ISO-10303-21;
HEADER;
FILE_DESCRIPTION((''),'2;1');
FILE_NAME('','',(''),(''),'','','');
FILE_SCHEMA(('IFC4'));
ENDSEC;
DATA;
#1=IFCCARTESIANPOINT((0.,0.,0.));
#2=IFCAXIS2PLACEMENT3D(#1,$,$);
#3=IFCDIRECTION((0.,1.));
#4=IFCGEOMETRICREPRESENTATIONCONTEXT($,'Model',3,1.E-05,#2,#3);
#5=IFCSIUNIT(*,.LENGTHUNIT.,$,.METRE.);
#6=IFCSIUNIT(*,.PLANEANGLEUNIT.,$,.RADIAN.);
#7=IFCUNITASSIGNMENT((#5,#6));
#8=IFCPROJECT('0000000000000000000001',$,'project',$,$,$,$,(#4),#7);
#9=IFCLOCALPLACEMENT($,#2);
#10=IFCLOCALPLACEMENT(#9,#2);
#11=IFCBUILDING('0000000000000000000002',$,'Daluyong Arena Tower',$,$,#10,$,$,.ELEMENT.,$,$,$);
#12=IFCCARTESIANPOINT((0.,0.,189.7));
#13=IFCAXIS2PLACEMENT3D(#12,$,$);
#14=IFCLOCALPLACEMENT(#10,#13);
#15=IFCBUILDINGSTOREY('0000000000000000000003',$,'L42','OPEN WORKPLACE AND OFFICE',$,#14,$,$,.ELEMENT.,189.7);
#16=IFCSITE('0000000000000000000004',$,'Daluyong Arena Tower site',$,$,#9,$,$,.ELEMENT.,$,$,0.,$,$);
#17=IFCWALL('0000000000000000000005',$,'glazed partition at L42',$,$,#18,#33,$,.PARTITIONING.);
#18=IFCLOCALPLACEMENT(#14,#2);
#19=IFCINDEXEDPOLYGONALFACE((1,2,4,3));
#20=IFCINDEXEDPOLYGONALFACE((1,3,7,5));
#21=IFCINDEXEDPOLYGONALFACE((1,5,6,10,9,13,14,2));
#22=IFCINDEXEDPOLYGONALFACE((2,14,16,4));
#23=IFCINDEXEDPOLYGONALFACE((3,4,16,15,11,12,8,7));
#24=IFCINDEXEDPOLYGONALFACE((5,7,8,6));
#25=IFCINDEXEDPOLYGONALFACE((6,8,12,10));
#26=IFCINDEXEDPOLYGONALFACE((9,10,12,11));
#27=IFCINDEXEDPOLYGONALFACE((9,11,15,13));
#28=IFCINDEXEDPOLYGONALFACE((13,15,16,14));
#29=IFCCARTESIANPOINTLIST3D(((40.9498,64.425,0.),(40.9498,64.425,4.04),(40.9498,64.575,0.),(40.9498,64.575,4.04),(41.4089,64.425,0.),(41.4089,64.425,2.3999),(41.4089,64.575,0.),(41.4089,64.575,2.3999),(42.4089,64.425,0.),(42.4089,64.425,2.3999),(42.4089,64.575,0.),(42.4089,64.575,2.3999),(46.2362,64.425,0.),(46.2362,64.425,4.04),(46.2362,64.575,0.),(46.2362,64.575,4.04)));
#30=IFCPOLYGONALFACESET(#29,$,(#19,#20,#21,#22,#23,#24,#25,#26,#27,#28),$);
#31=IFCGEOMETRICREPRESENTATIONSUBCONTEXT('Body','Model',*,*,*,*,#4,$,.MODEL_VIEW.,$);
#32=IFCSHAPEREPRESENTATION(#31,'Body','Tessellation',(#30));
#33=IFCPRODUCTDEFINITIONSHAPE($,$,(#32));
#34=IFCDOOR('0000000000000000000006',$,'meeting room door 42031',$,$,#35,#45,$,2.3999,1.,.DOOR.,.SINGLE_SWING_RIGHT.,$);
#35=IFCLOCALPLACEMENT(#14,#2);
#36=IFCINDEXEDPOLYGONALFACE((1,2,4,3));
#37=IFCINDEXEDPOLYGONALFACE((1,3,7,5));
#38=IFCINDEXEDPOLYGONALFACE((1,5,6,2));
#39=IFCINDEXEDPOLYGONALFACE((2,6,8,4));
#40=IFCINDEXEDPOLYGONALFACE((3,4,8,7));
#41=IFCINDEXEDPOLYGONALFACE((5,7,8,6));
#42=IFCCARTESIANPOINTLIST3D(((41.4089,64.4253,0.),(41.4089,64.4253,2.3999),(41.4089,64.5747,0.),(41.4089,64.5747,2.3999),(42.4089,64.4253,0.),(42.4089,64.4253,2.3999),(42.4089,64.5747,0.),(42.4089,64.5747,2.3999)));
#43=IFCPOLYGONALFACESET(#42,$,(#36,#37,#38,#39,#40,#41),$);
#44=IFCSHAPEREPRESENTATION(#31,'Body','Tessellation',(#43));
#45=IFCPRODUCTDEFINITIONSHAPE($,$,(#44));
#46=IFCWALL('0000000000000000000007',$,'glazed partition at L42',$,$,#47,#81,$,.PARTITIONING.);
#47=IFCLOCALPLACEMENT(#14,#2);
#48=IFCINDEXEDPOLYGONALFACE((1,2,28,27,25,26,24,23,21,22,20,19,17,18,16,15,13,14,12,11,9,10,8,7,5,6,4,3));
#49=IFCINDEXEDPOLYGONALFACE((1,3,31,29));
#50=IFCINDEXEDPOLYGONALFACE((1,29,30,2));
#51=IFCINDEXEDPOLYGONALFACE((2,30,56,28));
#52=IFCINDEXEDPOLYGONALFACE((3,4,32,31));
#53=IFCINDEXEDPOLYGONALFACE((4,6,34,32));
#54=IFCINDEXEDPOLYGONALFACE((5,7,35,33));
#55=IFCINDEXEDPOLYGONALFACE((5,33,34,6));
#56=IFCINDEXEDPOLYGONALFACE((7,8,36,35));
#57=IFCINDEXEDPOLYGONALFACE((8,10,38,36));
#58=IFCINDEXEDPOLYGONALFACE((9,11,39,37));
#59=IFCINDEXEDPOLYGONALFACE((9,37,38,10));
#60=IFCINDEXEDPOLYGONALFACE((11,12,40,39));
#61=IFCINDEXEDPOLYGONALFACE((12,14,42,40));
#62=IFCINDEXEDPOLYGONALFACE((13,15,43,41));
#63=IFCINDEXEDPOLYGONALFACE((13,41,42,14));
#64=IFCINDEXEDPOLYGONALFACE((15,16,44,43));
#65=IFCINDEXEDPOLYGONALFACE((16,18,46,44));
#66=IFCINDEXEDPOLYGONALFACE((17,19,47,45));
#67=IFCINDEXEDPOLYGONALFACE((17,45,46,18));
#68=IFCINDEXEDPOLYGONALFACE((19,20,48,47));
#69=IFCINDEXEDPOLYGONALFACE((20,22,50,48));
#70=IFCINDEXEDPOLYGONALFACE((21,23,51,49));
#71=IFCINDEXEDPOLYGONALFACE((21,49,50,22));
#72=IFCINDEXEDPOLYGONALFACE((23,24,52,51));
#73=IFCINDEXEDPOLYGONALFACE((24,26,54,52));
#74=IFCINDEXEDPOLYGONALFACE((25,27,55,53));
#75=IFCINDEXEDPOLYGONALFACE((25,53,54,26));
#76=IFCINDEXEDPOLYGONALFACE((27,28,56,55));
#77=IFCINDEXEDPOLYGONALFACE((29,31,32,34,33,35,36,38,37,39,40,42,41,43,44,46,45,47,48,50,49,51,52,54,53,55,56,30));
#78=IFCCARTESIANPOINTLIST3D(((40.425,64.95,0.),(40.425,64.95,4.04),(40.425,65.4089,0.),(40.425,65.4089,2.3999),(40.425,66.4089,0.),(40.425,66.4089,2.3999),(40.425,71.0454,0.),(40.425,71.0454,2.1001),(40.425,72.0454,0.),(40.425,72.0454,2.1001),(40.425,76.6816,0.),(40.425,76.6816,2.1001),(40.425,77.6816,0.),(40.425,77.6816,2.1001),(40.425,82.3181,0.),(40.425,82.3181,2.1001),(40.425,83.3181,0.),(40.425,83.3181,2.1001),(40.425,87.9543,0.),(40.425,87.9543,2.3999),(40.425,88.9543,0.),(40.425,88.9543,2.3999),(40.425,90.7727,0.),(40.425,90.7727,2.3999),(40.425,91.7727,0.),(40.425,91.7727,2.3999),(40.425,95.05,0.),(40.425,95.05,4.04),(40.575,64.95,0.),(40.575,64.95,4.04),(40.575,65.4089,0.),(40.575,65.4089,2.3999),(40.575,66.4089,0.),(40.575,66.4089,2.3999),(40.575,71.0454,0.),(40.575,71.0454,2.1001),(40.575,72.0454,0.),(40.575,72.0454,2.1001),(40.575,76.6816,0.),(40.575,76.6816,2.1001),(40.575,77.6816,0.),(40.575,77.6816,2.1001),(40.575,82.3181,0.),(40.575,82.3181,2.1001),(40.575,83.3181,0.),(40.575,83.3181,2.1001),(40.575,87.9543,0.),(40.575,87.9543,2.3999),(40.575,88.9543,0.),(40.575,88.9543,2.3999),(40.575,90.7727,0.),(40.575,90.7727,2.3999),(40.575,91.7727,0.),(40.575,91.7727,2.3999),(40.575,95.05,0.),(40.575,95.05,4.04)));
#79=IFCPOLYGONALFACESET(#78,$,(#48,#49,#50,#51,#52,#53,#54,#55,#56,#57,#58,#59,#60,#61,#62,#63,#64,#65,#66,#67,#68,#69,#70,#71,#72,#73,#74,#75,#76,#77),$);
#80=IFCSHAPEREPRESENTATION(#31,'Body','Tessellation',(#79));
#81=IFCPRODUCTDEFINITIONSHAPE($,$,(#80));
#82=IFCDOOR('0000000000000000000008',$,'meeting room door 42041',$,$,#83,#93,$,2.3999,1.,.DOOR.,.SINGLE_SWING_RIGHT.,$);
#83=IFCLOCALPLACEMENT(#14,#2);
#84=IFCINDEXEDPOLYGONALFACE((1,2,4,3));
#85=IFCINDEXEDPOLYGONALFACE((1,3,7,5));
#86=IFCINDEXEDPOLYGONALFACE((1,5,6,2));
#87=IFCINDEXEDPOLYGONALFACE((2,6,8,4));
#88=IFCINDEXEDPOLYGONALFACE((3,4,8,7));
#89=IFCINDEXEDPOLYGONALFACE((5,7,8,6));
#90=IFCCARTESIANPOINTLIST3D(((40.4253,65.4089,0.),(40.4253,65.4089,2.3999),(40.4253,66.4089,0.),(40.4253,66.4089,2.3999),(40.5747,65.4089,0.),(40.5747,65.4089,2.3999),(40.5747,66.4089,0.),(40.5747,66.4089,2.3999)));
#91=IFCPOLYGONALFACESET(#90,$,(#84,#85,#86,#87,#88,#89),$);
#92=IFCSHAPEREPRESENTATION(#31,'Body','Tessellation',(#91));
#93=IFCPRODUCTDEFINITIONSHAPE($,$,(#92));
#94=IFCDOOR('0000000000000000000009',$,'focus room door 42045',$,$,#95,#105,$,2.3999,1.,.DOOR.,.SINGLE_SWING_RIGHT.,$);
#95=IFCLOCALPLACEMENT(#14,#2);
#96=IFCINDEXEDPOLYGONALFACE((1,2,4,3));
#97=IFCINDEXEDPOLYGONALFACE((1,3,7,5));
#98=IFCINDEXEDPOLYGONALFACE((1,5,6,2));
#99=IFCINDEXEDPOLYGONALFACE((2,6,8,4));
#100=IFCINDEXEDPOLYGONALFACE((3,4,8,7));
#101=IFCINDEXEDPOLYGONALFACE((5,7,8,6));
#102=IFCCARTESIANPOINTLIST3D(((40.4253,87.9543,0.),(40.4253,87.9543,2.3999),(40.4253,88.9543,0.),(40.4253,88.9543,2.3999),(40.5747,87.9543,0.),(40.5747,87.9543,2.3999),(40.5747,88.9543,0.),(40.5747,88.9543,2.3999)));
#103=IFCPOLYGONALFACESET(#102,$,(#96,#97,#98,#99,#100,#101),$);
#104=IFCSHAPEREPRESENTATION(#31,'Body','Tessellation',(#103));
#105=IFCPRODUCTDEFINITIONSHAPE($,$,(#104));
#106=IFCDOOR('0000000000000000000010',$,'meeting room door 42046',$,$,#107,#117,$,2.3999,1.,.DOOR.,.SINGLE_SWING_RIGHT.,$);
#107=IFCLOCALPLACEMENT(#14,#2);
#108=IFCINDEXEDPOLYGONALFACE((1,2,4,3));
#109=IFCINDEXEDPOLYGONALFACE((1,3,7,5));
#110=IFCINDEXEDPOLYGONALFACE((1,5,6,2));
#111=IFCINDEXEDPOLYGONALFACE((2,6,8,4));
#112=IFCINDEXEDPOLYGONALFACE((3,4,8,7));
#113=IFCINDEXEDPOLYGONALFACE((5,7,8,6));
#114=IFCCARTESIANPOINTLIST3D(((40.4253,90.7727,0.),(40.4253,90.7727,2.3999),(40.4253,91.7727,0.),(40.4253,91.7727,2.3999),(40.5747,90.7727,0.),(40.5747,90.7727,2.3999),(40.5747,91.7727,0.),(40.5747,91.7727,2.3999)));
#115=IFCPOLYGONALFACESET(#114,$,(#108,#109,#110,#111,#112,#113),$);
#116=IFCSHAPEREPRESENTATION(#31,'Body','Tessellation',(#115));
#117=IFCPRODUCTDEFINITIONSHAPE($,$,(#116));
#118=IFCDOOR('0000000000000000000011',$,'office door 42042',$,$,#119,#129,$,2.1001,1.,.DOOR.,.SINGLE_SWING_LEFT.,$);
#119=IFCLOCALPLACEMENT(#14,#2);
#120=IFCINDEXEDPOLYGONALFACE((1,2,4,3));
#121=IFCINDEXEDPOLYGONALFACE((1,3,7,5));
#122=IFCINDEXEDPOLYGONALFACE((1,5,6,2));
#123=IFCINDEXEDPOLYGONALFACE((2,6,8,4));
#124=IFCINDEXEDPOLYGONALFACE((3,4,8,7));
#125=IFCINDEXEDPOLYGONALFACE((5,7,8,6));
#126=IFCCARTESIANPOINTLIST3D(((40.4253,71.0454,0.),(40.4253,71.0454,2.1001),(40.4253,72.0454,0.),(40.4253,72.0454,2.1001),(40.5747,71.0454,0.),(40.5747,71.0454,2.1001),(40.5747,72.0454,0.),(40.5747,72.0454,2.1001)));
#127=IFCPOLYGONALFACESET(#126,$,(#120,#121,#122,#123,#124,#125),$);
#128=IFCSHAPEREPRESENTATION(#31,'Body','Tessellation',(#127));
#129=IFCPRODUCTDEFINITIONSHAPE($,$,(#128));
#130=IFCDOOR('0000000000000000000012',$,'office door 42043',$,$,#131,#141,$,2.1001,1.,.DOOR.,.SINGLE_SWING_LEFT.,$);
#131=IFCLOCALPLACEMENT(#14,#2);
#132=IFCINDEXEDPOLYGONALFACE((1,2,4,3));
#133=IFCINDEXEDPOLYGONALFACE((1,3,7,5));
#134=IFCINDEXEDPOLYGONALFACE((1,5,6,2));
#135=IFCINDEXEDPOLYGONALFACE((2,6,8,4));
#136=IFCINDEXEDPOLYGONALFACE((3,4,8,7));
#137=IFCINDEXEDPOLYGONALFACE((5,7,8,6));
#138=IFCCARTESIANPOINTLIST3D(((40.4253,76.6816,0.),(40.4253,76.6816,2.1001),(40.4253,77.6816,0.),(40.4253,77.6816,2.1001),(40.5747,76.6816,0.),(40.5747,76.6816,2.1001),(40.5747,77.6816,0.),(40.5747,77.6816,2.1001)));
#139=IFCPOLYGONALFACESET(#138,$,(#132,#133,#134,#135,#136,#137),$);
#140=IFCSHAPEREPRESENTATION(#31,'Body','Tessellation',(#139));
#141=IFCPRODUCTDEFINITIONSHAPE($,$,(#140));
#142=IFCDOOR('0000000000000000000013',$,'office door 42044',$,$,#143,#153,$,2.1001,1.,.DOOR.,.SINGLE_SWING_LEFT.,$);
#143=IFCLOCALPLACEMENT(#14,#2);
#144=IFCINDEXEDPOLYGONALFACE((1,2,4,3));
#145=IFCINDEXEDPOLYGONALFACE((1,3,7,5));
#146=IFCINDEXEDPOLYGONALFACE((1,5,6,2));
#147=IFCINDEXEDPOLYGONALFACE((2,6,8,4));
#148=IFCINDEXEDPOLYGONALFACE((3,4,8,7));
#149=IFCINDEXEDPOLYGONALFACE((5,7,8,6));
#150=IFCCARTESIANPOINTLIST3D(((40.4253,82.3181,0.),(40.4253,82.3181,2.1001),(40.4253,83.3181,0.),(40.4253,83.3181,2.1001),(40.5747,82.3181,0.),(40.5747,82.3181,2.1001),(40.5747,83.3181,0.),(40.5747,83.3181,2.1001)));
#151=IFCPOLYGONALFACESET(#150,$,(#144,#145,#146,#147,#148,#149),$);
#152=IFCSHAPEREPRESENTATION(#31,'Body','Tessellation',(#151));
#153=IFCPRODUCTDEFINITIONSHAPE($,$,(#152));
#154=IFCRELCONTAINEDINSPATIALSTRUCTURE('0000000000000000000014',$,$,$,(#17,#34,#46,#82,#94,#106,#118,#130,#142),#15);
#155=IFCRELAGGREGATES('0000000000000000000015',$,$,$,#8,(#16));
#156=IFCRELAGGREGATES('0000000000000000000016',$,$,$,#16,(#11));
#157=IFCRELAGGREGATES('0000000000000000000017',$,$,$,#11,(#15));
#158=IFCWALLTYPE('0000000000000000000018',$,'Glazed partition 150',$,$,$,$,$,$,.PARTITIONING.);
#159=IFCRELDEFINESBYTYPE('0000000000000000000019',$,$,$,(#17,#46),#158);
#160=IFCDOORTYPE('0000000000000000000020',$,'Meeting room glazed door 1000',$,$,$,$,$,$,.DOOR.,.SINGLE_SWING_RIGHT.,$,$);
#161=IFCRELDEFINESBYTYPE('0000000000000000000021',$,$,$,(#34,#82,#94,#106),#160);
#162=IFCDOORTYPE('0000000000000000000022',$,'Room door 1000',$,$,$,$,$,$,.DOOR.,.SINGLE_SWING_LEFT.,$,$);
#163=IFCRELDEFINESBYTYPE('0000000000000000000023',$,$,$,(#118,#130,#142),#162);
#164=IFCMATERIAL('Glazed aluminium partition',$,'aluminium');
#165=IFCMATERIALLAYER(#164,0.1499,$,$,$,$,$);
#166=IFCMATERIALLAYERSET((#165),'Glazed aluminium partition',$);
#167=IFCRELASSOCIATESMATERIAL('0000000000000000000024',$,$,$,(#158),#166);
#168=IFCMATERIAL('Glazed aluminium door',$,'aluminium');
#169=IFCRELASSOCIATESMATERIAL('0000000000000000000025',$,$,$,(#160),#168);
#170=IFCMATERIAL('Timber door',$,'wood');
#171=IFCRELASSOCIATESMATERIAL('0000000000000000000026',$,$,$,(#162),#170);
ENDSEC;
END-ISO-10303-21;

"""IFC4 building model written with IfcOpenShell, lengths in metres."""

from ifc_helpers import new_model, si_unit, direction, frame, frame_2d, origin, place, context, subcontext, project, spatial, rectangle, extrude, material, layer, layer_set, type_object, element, fill, save


model = new_model("IFC4")

# Units and contexts
model_context = context("Model", 3, precision=1e-05, world=origin(), true_north=direction((0.0, 1.0)))
body_context = subcontext(model_context, "Body", "Model", "MODEL_VIEW")
ifc_project = project(units=[si_unit("LENGTHUNIT", "METRE"), si_unit("PLANEANGLEUNIT", "RADIAN")], contexts=[model_context])

# Site, building, storey
site_placement = place(None, origin())
site = spatial("IfcSite", under=ifc_project, at=site_placement, Name="Daluyong Arena Tower site", CompositionType="ELEMENT", RefElevation=0.0)
building_placement = place(site_placement, origin())
building = spatial("IfcBuilding", under=site, at=building_placement, Name="Daluyong Arena Tower", CompositionType="ELEMENT")
storey_placement = place(building_placement, frame((0.0, 0.0, 189.7)))
storey = spatial("IfcBuildingStorey", under=building, at=storey_placement, Name="L42", Description="OPEN WORKPLACE AND OFFICE", CompositionType="ELEMENT", Elevation=189.7)

# Wall, opening, door
ifc_material_1 = material(Name="Glazed aluminium partition", Category="aluminium")
ifc_layer_1 = layer(ifc_material_1, 0.1499)
ifc_layer_set_1 = layer_set([ifc_layer_1], Name="Glazed aluminium partition")
wall_type_1 = type_object("IfcWallType", Name="Glazed partition 150", PredefinedType="PARTITIONING", material=ifc_layer_set_1)
wall_1_placement = place(storey_placement, frame((40.95, 64.5, 0.0), z_axis=(0.0, 0.0, 1.0), x_axis=(1.0, 0.0, 0.0)))
wall_1 = element("IfcWall", 1, at=wall_1_placement, inside=storey, type_object=wall_type_1, Name="glazed partition at L42", PredefinedType="PARTITIONING", context=body_context, shape_type="SweptSolid", body=[
    extrude(rectangle(XDim=5.2864, YDim=0.1499, at=frame_2d((2.6431, 0.0))), origin(), (0.0, 0.0, 1.0), 4.04),
])
opening_1_placement = place(wall_1_placement, frame((0.459, 0.0, 0.0)))
opening_1 = element("IfcOpeningElement", 2, at=opening_1_placement, cuts=wall_1, PredefinedType="OPENING", context=body_context, shape_type="SweptSolid", body=[
    extrude(rectangle(XDim=1.0, YDim=2.3999, at=frame_2d((0.5, 1.2))), frame((0.0, 0.085, 0.0), z_axis=(0.0, -1.0, 0.0), x_axis=(1.0, 0.0, 0.0)), (0.0, 0.0, 1.0), 0.1699),
])
ifc_material_2 = material(Name="Glazed aluminium door", Category="aluminium")
door_type_1 = type_object("IfcDoorType", Name="Meeting room glazed door 1000", OperationType="SINGLE_SWING_RIGHT", PredefinedType="DOOR", material=ifc_material_2)
door_1_placement = place(opening_1_placement, origin())
door_1 = element("IfcDoor", 3, at=door_1_placement, inside=storey, type_object=door_type_1, Name="meeting room door 42031", OperationType="SINGLE_SWING_RIGHT", OverallHeight=2.3999, OverallWidth=1.0, PredefinedType="DOOR", context=body_context, shape_type="SweptSolid", body=[
    extrude(rectangle(XDim=1.0, YDim=2.3999, at=frame_2d((0.5, 1.2))), frame((0.0, 0.0747, 0.0), z_axis=(0.0, -1.0, 0.0), x_axis=(1.0, 0.0, 0.0)), (0.0, 0.0, 1.0), 0.1494),
])
fill(opening_1, door_1)

# Wall, openings, doors
wall_2_placement = place(storey_placement, frame((40.5, 64.95, 0.0), z_axis=(0.0, 0.0, 1.0), x_axis=(0.0, 1.0, 0.0)))
wall_2 = element("IfcWall", 4, at=wall_2_placement, inside=storey, type_object=wall_type_1, Name="glazed partition at L42", PredefinedType="PARTITIONING", context=body_context, shape_type="SweptSolid", body=[
    extrude(rectangle(XDim=30.1001, YDim=0.1499, at=frame_2d((15.05, 0.0))), origin(), (0.0, 0.0, 1.0), 4.04),
])
opening_2_placement = place(wall_2_placement, frame((0.459, 0.0, 0.0)))
opening_2 = element("IfcOpeningElement", 5, at=opening_2_placement, cuts=wall_2, PredefinedType="OPENING", context=body_context, shape_type="SweptSolid", body=[
    extrude(rectangle(XDim=1.0, YDim=2.3999, at=frame_2d((0.5, 1.2))), frame((0.0, 0.085, 0.0), z_axis=(0.0, -1.0, 0.0), x_axis=(1.0, 0.0, 0.0)), (0.0, 0.0, 1.0), 0.1699),
])
opening_3_placement = place(wall_2_placement, frame((6.0955, 0.0, 0.0)))
opening_3 = element("IfcOpeningElement", 6, at=opening_3_placement, cuts=wall_2, PredefinedType="OPENING", context=body_context, shape_type="SweptSolid", body=[
    extrude(rectangle(XDim=1.0, YDim=2.1001, at=frame_2d((0.5, 1.05))), frame((0.0, 0.085, 0.0), z_axis=(0.0, -1.0, 0.0), x_axis=(1.0, 0.0, 0.0)), (0.0, 0.0, 1.0), 0.1699),
])
opening_4_placement = place(wall_2_placement, frame((11.7317, 0.0, 0.0)))
opening_4 = element("IfcOpeningElement", 7, at=opening_4_placement, cuts=wall_2, PredefinedType="OPENING", context=body_context, shape_type="SweptSolid", body=[
    extrude(rectangle(XDim=1.0, YDim=2.1001, at=frame_2d((0.5, 1.05))), frame((0.0, 0.085, 0.0), z_axis=(0.0, -1.0, 0.0), x_axis=(1.0, 0.0, 0.0)), (0.0, 0.0, 1.0), 0.1699),
])
opening_5_placement = place(wall_2_placement, frame((17.3682, 0.0, 0.0)))
opening_5 = element("IfcOpeningElement", 8, at=opening_5_placement, cuts=wall_2, PredefinedType="OPENING", context=body_context, shape_type="SweptSolid", body=[
    extrude(rectangle(XDim=1.0, YDim=2.1001, at=frame_2d((0.5, 1.05))), frame((0.0, 0.085, 0.0), z_axis=(0.0, -1.0, 0.0), x_axis=(1.0, 0.0, 0.0)), (0.0, 0.0, 1.0), 0.1699),
])
opening_6_placement = place(wall_2_placement, frame((23.0044, 0.0, 0.0)))
opening_6 = element("IfcOpeningElement", 9, at=opening_6_placement, cuts=wall_2, PredefinedType="OPENING", context=body_context, shape_type="SweptSolid", body=[
    extrude(rectangle(XDim=1.0, YDim=2.3999, at=frame_2d((0.5, 1.2))), frame((0.0, 0.085, 0.0), z_axis=(0.0, -1.0, 0.0), x_axis=(1.0, 0.0, 0.0)), (0.0, 0.0, 1.0), 0.1699),
])
opening_7_placement = place(wall_2_placement, frame((25.8228, 0.0, 0.0)))
opening_7 = element("IfcOpeningElement", 10, at=opening_7_placement, cuts=wall_2, PredefinedType="OPENING", context=body_context, shape_type="SweptSolid", body=[
    extrude(rectangle(XDim=1.0, YDim=2.3999, at=frame_2d((0.5, 1.2))), frame((0.0, 0.085, 0.0), z_axis=(0.0, -1.0, 0.0), x_axis=(1.0, 0.0, 0.0)), (0.0, 0.0, 1.0), 0.1699),
])
door_2_placement = place(opening_2_placement, origin())
door_2 = element("IfcDoor", 11, at=door_2_placement, inside=storey, type_object=door_type_1, Name="meeting room door 42041", OperationType="SINGLE_SWING_RIGHT", OverallHeight=2.3999, OverallWidth=1.0, PredefinedType="DOOR", context=body_context, shape_type="SweptSolid", body=[
    extrude(rectangle(XDim=1.0, YDim=2.3999, at=frame_2d((0.5, 1.2))), frame((0.0, 0.0747, 0.0), z_axis=(0.0, -1.0, 0.0), x_axis=(1.0, 0.0, 0.0)), (0.0, 0.0, 1.0), 0.1494),
])
fill(opening_2, door_2)
door_3_placement = place(opening_6_placement, origin())
door_3 = element("IfcDoor", 12, at=door_3_placement, inside=storey, type_object=door_type_1, Name="focus room door 42045", OperationType="SINGLE_SWING_RIGHT", OverallHeight=2.3999, OverallWidth=1.0, PredefinedType="DOOR", context=body_context, shape_type="SweptSolid", body=[
    extrude(rectangle(XDim=1.0, YDim=2.3999, at=frame_2d((0.5, 1.2))), frame((0.0, 0.0747, 0.0), z_axis=(0.0, -1.0, 0.0), x_axis=(1.0, 0.0, 0.0)), (0.0, 0.0, 1.0), 0.1494),
])
fill(opening_6, door_3)
door_4_placement = place(opening_7_placement, origin())
door_4 = element("IfcDoor", 13, at=door_4_placement, inside=storey, type_object=door_type_1, Name="meeting room door 42046", OperationType="SINGLE_SWING_RIGHT", OverallHeight=2.3999, OverallWidth=1.0, PredefinedType="DOOR", context=body_context, shape_type="SweptSolid", body=[
    extrude(rectangle(XDim=1.0, YDim=2.3999, at=frame_2d((0.5, 1.2))), frame((0.0, 0.0747, 0.0), z_axis=(0.0, -1.0, 0.0), x_axis=(1.0, 0.0, 0.0)), (0.0, 0.0, 1.0), 0.1494),
])
fill(opening_7, door_4)
ifc_material_3 = material(Name="Timber door", Category="wood")
door_type_2 = type_object("IfcDoorType", Name="Room door 1000", OperationType="SINGLE_SWING_LEFT", PredefinedType="DOOR", material=ifc_material_3)
door_5_placement = place(opening_3_placement, origin())
door_5 = element("IfcDoor", 14, at=door_5_placement, inside=storey, type_object=door_type_2, Name="office door 42042", OperationType="SINGLE_SWING_LEFT", OverallHeight=2.1001, OverallWidth=1.0, PredefinedType="DOOR", context=body_context, shape_type="SweptSolid", body=[
    extrude(rectangle(XDim=1.0, YDim=2.1001, at=frame_2d((0.5, 1.05))), frame((0.0, 0.0747, 0.0), z_axis=(0.0, -1.0, 0.0), x_axis=(1.0, 0.0, 0.0)), (0.0, 0.0, 1.0), 0.1494),
])
fill(opening_3, door_5)
door_6_placement = place(opening_4_placement, origin())
door_6 = element("IfcDoor", 15, at=door_6_placement, inside=storey, type_object=door_type_2, Name="office door 42043", OperationType="SINGLE_SWING_LEFT", OverallHeight=2.1001, OverallWidth=1.0, PredefinedType="DOOR", context=body_context, shape_type="SweptSolid", body=[
    extrude(rectangle(XDim=1.0, YDim=2.1001, at=frame_2d((0.5, 1.05))), frame((0.0, 0.0747, 0.0), z_axis=(0.0, -1.0, 0.0), x_axis=(1.0, 0.0, 0.0)), (0.0, 0.0, 1.0), 0.1494),
])
fill(opening_4, door_6)
door_7_placement = place(opening_5_placement, origin())
door_7 = element("IfcDoor", 16, at=door_7_placement, inside=storey, type_object=door_type_2, Name="office door 42044", OperationType="SINGLE_SWING_LEFT", OverallHeight=2.1001, OverallWidth=1.0, PredefinedType="DOOR", context=body_context, shape_type="SweptSolid", body=[
    extrude(rectangle(XDim=1.0, YDim=2.1001, at=frame_2d((0.5, 1.05))), frame((0.0, 0.0747, 0.0), z_axis=(0.0, -1.0, 0.0), x_axis=(1.0, 0.0, 0.0)), (0.0, 0.0, 1.0), 0.1494),
])
fill(opening_5, door_7)

save(model, "model.ifc")
